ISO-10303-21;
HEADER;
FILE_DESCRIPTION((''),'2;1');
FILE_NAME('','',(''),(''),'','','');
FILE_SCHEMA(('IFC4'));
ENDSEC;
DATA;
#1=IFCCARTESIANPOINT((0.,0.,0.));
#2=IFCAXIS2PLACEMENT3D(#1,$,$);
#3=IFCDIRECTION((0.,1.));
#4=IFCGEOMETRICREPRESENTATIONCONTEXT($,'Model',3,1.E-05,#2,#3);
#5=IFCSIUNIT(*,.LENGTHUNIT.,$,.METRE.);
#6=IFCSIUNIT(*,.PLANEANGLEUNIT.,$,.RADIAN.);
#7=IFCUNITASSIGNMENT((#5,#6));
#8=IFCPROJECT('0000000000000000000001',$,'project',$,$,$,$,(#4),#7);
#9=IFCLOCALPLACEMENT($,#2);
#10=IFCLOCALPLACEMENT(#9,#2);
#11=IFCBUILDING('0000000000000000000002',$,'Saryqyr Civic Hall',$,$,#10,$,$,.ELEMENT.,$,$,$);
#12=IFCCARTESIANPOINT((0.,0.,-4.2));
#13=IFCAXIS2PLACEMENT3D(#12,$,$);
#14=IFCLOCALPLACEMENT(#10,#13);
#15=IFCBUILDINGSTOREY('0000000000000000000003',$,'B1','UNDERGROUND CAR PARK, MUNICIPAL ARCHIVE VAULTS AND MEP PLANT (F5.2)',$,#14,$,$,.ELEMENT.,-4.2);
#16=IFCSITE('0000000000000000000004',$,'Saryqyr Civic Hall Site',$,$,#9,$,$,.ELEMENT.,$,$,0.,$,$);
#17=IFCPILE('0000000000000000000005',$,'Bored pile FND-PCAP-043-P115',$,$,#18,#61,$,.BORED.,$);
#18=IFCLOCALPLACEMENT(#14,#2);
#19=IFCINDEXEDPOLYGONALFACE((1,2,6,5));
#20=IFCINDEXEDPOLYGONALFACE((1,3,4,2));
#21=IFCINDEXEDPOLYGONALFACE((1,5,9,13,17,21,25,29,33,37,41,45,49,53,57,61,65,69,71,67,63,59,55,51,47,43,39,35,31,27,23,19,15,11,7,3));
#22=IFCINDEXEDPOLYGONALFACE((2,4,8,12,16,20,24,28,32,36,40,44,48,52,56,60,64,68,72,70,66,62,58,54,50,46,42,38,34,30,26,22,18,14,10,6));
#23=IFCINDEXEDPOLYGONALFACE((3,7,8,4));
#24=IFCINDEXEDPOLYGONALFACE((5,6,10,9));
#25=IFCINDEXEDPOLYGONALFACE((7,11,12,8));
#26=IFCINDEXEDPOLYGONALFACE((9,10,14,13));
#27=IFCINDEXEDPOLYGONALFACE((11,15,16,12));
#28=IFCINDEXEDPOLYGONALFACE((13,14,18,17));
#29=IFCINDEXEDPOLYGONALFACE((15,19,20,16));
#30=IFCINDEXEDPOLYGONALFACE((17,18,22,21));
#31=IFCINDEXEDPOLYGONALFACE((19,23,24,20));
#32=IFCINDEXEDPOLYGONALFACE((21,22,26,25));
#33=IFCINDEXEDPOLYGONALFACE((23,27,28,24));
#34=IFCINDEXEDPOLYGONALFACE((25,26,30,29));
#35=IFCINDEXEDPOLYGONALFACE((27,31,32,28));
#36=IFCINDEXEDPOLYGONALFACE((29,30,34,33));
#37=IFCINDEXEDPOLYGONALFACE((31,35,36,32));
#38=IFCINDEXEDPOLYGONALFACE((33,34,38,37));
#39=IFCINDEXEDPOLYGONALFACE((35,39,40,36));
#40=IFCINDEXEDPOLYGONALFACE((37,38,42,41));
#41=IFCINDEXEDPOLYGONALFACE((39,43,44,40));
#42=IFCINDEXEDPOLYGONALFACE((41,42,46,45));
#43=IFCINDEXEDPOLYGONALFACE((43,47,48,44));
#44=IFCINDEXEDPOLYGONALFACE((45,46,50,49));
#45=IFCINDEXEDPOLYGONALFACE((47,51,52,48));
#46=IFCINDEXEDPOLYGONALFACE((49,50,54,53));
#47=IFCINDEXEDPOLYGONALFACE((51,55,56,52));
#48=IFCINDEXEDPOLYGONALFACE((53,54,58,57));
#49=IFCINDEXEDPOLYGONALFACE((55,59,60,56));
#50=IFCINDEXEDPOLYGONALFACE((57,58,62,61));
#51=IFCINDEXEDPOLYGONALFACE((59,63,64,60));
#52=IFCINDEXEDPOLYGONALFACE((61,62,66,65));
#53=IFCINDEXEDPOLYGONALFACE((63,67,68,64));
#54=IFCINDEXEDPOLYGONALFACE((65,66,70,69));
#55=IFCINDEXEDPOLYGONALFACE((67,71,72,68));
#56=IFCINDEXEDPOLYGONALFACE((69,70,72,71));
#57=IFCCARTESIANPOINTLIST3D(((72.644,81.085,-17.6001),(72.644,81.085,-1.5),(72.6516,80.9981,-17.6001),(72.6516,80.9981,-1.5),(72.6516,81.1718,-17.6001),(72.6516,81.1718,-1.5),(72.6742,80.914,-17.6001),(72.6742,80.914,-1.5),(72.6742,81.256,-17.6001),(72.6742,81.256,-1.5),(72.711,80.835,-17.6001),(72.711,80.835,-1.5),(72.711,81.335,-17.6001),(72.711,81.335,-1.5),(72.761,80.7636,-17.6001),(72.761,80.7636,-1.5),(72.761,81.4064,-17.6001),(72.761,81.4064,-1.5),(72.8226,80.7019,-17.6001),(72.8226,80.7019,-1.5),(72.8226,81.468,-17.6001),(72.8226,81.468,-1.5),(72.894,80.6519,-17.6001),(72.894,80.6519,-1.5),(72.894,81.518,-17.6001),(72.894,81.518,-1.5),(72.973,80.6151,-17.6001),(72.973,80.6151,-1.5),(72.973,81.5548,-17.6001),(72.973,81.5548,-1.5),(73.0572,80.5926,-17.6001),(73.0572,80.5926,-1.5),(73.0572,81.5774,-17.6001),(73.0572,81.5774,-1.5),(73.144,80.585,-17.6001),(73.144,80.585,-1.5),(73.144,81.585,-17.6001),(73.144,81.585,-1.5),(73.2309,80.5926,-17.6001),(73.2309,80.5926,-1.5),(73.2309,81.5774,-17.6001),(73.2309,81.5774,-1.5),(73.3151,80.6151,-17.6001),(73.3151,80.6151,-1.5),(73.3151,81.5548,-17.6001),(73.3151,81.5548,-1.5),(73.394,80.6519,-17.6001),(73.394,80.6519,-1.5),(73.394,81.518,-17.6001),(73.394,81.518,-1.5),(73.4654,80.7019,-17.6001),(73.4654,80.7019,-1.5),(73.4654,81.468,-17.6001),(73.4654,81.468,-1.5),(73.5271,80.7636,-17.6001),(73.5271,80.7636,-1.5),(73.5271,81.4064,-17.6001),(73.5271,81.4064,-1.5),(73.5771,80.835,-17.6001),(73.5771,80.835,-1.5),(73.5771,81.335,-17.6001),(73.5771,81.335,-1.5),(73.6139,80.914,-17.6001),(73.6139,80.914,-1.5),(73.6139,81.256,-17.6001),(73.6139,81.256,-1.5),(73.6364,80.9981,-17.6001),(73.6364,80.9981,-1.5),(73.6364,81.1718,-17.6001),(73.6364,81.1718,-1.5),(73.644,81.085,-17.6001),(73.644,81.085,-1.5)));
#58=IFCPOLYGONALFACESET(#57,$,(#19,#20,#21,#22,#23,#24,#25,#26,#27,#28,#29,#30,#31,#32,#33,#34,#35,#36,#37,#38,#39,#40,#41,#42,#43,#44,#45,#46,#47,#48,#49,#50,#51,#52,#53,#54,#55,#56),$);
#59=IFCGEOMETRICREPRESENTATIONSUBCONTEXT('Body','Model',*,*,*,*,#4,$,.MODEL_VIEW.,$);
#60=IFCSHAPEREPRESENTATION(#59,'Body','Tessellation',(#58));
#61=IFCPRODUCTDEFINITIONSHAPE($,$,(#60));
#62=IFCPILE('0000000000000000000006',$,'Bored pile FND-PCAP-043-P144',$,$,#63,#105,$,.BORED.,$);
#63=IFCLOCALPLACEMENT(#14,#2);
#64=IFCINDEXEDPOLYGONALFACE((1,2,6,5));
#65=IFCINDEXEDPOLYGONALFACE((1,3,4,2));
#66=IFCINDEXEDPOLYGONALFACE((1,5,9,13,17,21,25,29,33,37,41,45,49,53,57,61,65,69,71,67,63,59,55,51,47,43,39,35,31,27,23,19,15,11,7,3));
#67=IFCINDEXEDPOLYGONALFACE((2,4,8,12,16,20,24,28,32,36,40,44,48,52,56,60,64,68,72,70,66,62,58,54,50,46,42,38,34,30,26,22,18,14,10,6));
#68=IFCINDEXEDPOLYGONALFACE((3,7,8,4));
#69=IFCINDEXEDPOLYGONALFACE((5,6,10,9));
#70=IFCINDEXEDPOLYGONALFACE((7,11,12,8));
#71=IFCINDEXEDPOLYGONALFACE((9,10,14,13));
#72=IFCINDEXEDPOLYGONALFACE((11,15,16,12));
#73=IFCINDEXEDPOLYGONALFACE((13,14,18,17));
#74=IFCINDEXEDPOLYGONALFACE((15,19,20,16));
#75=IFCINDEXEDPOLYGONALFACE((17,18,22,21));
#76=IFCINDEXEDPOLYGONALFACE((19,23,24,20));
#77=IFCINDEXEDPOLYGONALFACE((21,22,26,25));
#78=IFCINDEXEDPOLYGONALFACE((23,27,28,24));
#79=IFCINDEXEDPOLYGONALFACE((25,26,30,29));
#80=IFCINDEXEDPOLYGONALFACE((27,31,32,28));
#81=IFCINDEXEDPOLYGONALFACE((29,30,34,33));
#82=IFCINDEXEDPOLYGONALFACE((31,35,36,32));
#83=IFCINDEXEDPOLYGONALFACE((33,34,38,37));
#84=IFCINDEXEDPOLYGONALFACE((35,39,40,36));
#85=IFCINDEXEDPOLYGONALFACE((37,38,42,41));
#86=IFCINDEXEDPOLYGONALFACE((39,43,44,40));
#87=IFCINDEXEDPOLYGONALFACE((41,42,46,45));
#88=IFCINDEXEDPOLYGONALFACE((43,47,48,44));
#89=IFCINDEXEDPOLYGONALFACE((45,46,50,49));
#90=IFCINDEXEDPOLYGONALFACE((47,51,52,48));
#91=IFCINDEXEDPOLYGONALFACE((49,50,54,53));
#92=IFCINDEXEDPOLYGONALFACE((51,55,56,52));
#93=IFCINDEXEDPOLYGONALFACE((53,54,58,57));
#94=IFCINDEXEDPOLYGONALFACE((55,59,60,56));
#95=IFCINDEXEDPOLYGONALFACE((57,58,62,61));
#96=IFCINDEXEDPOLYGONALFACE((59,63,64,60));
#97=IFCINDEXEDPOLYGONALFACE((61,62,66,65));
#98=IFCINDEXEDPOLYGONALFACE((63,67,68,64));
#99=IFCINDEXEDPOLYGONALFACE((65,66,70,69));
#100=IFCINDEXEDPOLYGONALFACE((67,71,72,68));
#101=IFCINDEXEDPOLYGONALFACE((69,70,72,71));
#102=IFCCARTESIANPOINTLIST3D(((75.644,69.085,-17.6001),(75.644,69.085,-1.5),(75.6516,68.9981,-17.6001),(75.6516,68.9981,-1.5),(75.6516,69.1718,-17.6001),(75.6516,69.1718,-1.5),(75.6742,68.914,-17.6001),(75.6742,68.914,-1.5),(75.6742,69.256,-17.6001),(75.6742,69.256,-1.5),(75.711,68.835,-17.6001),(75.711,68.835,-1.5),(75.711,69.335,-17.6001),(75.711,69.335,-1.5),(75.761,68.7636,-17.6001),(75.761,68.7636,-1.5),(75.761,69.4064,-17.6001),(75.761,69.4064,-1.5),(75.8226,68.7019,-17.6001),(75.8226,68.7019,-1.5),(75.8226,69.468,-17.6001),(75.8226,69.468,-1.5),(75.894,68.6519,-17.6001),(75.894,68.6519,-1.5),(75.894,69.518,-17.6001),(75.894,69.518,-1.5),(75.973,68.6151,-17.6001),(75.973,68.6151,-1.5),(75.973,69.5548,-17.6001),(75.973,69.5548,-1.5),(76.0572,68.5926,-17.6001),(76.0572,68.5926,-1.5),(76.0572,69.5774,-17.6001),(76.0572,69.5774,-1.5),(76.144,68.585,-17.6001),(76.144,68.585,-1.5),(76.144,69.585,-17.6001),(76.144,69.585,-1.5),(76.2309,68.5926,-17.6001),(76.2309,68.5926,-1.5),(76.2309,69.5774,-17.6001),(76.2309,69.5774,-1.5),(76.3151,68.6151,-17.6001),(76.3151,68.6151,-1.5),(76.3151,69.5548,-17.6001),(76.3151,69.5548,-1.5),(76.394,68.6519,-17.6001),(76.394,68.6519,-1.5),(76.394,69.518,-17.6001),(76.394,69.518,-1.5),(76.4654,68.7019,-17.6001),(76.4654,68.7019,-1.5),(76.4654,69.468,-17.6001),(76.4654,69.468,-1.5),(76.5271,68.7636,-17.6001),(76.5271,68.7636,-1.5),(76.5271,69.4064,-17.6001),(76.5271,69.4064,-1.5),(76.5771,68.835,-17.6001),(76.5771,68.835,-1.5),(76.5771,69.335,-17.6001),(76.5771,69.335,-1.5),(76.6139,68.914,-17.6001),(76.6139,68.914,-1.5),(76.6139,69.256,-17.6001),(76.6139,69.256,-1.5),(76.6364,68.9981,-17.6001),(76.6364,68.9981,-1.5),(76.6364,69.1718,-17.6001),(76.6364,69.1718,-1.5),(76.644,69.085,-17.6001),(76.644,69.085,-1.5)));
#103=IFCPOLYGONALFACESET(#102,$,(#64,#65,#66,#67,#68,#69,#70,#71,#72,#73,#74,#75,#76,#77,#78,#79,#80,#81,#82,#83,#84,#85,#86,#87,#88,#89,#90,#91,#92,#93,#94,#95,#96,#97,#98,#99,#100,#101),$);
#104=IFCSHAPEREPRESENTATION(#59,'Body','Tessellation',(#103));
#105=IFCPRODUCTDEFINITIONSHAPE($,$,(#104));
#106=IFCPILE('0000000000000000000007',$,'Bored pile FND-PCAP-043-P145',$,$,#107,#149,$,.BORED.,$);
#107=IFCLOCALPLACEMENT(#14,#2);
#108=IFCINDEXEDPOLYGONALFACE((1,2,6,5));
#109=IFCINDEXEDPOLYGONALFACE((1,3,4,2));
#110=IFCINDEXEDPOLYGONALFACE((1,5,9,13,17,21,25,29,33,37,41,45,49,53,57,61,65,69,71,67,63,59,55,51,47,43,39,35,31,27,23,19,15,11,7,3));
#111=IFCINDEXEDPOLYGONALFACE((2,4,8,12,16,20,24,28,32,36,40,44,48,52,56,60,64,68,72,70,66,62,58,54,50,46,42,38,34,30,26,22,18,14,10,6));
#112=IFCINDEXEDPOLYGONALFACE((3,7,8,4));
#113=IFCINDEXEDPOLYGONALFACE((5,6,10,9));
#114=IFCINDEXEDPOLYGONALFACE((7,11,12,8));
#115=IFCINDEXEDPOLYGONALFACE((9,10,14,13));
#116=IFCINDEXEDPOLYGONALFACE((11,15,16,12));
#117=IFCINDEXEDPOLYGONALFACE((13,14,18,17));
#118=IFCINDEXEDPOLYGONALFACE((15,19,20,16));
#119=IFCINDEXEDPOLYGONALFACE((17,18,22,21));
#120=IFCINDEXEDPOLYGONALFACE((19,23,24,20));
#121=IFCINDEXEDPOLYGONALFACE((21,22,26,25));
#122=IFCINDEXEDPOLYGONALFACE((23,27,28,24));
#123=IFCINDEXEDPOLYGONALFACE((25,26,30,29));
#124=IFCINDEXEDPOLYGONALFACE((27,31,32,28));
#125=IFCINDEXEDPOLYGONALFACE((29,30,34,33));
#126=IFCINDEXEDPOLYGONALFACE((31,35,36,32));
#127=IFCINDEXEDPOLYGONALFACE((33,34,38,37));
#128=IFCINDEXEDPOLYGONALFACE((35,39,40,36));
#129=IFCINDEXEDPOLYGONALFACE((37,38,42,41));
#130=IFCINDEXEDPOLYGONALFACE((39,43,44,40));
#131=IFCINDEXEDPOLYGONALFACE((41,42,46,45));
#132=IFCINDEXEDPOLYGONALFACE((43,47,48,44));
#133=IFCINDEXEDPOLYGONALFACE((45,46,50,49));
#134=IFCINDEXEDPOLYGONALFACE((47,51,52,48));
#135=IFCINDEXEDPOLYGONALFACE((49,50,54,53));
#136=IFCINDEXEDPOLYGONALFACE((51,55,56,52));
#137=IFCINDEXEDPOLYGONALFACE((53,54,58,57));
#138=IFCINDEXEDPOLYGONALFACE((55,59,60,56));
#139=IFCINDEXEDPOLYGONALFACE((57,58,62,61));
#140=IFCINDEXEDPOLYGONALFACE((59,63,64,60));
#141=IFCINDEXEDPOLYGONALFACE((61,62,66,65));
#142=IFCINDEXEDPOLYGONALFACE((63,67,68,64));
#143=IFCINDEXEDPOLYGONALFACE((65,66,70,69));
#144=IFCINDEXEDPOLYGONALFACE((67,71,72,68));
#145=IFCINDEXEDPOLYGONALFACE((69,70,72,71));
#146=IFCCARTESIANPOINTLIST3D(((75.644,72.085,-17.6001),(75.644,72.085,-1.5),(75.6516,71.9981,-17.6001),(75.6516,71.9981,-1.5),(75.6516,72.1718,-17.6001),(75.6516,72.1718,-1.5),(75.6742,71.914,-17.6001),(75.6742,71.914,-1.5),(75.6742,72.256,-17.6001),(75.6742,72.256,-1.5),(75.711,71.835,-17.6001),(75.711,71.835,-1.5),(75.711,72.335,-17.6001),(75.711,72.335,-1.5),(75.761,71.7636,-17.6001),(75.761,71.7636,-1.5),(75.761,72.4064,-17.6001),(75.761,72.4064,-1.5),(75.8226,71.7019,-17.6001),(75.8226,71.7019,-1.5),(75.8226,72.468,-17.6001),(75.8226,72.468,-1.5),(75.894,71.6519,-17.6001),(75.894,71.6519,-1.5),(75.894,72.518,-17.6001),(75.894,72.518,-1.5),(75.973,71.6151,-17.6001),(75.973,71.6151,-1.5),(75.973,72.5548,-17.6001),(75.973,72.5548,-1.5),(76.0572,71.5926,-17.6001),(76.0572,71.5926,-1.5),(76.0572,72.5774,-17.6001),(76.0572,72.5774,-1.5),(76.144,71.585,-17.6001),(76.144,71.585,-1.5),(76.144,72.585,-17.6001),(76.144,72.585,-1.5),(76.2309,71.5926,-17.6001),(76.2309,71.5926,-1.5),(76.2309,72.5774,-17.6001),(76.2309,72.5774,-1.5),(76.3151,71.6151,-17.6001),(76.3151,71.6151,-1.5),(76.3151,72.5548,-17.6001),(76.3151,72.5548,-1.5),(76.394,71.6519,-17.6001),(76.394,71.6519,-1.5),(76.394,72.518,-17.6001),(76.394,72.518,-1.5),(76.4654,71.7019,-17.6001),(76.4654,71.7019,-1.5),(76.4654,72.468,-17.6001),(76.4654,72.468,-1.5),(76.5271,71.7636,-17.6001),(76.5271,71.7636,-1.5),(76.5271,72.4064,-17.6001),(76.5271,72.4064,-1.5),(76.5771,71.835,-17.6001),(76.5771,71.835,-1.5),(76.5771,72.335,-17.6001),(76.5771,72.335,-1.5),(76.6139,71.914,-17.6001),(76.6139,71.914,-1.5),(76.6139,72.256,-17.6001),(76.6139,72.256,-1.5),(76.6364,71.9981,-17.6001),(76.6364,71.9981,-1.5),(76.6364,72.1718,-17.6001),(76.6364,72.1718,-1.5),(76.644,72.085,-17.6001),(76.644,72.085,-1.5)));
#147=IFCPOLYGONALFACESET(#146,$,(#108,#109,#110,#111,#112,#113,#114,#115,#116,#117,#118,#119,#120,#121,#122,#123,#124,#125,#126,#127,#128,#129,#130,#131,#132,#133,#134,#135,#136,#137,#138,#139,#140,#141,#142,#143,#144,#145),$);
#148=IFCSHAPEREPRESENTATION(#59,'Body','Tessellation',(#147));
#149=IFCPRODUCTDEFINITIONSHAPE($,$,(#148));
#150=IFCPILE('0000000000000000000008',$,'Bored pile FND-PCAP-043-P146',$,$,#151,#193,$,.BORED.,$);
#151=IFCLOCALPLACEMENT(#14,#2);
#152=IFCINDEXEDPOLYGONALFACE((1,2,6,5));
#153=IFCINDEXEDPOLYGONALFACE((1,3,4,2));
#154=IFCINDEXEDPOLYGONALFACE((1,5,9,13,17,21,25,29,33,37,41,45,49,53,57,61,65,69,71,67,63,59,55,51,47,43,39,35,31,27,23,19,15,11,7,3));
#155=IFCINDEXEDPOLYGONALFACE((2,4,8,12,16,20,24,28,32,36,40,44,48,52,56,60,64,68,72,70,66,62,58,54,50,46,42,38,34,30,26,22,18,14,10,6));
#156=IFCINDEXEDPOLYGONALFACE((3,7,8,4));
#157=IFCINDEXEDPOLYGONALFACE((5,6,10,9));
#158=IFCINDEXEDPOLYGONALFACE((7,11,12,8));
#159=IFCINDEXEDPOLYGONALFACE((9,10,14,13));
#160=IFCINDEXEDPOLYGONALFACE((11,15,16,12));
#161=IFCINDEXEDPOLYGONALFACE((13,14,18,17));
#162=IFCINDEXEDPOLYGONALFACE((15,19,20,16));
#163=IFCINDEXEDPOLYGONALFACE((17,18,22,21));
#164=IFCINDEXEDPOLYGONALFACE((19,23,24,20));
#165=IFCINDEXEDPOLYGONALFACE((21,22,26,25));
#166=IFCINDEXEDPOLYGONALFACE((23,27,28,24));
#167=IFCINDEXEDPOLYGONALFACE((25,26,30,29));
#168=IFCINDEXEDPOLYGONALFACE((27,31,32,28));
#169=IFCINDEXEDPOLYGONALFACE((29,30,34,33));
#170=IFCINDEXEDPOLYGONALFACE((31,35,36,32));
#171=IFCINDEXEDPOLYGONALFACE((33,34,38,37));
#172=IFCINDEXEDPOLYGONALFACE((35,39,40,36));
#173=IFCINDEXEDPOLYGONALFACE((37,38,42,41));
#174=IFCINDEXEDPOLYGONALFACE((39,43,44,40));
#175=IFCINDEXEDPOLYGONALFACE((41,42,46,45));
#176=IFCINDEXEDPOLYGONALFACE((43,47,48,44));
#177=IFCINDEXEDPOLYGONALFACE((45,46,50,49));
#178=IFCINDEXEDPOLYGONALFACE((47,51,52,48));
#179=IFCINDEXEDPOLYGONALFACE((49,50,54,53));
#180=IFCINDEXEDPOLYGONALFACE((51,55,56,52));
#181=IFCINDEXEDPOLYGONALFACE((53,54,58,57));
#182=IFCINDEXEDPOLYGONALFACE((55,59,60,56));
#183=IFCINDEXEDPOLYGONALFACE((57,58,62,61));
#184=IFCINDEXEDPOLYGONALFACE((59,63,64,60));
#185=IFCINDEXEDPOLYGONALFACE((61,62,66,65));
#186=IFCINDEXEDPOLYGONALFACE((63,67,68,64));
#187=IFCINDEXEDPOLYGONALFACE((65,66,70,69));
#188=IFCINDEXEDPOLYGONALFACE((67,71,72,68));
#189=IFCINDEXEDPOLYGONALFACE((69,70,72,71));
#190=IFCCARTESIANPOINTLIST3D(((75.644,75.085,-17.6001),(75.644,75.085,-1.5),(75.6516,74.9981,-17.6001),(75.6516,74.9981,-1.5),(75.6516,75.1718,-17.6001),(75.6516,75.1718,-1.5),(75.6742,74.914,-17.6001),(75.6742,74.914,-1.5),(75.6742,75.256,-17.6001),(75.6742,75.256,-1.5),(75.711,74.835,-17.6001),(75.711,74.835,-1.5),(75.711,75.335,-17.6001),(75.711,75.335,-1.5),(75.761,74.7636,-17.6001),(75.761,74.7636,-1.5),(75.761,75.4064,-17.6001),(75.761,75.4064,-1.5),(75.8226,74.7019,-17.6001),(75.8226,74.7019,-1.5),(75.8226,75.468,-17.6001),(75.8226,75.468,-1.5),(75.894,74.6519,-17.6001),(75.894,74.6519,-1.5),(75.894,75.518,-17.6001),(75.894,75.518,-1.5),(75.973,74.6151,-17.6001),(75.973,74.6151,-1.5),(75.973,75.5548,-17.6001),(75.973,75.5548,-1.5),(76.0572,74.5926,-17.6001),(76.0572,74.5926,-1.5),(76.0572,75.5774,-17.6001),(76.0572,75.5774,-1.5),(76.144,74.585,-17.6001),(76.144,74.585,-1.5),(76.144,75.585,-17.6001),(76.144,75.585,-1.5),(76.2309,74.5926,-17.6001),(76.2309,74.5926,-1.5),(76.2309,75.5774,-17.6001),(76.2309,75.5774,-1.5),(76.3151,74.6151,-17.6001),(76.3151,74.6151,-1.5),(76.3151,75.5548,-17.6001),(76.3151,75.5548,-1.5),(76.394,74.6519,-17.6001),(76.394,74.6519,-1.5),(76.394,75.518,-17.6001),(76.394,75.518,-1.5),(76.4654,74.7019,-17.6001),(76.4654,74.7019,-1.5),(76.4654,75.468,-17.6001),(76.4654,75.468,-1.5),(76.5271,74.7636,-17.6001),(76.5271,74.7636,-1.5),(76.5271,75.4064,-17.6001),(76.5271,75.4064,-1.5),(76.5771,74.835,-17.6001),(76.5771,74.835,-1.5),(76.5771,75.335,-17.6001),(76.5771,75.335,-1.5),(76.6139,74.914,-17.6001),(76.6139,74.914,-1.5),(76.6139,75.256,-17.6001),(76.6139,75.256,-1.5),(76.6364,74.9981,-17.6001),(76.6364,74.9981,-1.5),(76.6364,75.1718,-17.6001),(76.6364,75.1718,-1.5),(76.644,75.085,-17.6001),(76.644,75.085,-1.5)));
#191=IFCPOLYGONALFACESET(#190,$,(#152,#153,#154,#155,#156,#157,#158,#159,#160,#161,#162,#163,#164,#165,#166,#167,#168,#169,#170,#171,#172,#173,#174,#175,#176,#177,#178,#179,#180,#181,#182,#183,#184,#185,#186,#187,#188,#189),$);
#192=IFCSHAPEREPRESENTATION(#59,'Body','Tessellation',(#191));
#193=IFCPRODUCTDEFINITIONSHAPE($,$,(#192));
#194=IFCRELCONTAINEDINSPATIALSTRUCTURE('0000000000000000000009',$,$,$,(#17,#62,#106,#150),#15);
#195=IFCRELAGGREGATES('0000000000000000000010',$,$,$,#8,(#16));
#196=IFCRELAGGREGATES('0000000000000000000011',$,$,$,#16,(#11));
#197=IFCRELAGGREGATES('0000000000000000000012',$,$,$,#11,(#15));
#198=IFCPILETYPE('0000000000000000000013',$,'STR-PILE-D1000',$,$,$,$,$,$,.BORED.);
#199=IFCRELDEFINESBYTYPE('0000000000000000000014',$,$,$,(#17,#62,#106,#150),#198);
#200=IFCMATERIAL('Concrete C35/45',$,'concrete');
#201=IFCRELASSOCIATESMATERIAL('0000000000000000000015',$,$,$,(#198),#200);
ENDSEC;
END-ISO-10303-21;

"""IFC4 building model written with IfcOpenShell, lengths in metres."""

from ifc_helpers import new_model, si_unit, direction, frame, origin, origin_2d, place, context, subcontext, project, spatial, circle, extrude, material, material_profile, profile_set, type_object, element, save


model = new_model("IFC4")

# Units and contexts
model_context = context("Model", 3, precision=1e-05, world=origin(), true_north=direction((0.0, 1.0)))
body_context = subcontext(model_context, "Body", "Model", "MODEL_VIEW")
ifc_project = project(units=[si_unit("LENGTHUNIT", "METRE"), si_unit("PLANEANGLEUNIT", "RADIAN")], contexts=[model_context])

# Site, building, storey
site_placement = place(None, origin())
site = spatial("IfcSite", under=ifc_project, at=site_placement, Name="Saryqyr Civic Hall Site", CompositionType="ELEMENT", RefElevation=0.0)
building_placement = place(site_placement, origin())
building = spatial("IfcBuilding", under=site, at=building_placement, Name="Saryqyr Civic Hall", CompositionType="ELEMENT")
storey_placement = place(building_placement, frame((0.0, 0.0, -4.2)))
storey = spatial("IfcBuildingStorey", under=building, at=storey_placement, Name="B1", Description="UNDERGROUND CAR PARK, MUNICIPAL ARCHIVE VAULTS AND MEP PLANT (F5.2)", CompositionType="ELEMENT", Elevation=-4.2)

# Piles
ifc_material_1 = material(Name="Concrete C35/45", Category="concrete")
ifc_material_profile_1 = material_profile(ifc_material_1, circle(Radius=0.5, at=origin_2d()), Name="BORED PILE D1000")
ifc_profile_set_1 = profile_set([ifc_material_profile_1], Name="Concrete C35/45")
pile_type = type_object("IfcPileType", Name="STR-PILE-D1000", PredefinedType="BORED", material=ifc_profile_set_1)
for number, where, z_axis, x_axis, name in (
    (1, (73.144, 81.085, -1.5), (0.0, 0.0, -1.0), (1.0, 0.0, 0.0), "Bored pile FND-PCAP-043-P115"),
    (2, (76.144, 69.085, -1.5), (0.0, 0.0, -1.0), (1.0, 0.0, 0.0), "Bored pile FND-PCAP-043-P144"),
    (3, (76.144, 72.085, -1.5), (0.0, 0.0, -1.0), (1.0, 0.0, 0.0), "Bored pile FND-PCAP-043-P145"),
    (4, (76.144, 75.085, -1.5), (0.0, 0.0, -1.0), (1.0, 0.0, 0.0), "Bored pile FND-PCAP-043-P146"),
):
    element("IfcPile", number, at=place(storey_placement, frame(where, z_axis=z_axis, x_axis=x_axis)), inside=storey, type_object=pile_type, Name=name, PredefinedType="BORED", context=body_context, shape_type="SweptSolid", body=[
        extrude(circle(Radius=0.5, at=origin_2d()), origin(), (0.0, 0.0, 1.0), 16.1001),
    ])

save(model, "model.ifc")
